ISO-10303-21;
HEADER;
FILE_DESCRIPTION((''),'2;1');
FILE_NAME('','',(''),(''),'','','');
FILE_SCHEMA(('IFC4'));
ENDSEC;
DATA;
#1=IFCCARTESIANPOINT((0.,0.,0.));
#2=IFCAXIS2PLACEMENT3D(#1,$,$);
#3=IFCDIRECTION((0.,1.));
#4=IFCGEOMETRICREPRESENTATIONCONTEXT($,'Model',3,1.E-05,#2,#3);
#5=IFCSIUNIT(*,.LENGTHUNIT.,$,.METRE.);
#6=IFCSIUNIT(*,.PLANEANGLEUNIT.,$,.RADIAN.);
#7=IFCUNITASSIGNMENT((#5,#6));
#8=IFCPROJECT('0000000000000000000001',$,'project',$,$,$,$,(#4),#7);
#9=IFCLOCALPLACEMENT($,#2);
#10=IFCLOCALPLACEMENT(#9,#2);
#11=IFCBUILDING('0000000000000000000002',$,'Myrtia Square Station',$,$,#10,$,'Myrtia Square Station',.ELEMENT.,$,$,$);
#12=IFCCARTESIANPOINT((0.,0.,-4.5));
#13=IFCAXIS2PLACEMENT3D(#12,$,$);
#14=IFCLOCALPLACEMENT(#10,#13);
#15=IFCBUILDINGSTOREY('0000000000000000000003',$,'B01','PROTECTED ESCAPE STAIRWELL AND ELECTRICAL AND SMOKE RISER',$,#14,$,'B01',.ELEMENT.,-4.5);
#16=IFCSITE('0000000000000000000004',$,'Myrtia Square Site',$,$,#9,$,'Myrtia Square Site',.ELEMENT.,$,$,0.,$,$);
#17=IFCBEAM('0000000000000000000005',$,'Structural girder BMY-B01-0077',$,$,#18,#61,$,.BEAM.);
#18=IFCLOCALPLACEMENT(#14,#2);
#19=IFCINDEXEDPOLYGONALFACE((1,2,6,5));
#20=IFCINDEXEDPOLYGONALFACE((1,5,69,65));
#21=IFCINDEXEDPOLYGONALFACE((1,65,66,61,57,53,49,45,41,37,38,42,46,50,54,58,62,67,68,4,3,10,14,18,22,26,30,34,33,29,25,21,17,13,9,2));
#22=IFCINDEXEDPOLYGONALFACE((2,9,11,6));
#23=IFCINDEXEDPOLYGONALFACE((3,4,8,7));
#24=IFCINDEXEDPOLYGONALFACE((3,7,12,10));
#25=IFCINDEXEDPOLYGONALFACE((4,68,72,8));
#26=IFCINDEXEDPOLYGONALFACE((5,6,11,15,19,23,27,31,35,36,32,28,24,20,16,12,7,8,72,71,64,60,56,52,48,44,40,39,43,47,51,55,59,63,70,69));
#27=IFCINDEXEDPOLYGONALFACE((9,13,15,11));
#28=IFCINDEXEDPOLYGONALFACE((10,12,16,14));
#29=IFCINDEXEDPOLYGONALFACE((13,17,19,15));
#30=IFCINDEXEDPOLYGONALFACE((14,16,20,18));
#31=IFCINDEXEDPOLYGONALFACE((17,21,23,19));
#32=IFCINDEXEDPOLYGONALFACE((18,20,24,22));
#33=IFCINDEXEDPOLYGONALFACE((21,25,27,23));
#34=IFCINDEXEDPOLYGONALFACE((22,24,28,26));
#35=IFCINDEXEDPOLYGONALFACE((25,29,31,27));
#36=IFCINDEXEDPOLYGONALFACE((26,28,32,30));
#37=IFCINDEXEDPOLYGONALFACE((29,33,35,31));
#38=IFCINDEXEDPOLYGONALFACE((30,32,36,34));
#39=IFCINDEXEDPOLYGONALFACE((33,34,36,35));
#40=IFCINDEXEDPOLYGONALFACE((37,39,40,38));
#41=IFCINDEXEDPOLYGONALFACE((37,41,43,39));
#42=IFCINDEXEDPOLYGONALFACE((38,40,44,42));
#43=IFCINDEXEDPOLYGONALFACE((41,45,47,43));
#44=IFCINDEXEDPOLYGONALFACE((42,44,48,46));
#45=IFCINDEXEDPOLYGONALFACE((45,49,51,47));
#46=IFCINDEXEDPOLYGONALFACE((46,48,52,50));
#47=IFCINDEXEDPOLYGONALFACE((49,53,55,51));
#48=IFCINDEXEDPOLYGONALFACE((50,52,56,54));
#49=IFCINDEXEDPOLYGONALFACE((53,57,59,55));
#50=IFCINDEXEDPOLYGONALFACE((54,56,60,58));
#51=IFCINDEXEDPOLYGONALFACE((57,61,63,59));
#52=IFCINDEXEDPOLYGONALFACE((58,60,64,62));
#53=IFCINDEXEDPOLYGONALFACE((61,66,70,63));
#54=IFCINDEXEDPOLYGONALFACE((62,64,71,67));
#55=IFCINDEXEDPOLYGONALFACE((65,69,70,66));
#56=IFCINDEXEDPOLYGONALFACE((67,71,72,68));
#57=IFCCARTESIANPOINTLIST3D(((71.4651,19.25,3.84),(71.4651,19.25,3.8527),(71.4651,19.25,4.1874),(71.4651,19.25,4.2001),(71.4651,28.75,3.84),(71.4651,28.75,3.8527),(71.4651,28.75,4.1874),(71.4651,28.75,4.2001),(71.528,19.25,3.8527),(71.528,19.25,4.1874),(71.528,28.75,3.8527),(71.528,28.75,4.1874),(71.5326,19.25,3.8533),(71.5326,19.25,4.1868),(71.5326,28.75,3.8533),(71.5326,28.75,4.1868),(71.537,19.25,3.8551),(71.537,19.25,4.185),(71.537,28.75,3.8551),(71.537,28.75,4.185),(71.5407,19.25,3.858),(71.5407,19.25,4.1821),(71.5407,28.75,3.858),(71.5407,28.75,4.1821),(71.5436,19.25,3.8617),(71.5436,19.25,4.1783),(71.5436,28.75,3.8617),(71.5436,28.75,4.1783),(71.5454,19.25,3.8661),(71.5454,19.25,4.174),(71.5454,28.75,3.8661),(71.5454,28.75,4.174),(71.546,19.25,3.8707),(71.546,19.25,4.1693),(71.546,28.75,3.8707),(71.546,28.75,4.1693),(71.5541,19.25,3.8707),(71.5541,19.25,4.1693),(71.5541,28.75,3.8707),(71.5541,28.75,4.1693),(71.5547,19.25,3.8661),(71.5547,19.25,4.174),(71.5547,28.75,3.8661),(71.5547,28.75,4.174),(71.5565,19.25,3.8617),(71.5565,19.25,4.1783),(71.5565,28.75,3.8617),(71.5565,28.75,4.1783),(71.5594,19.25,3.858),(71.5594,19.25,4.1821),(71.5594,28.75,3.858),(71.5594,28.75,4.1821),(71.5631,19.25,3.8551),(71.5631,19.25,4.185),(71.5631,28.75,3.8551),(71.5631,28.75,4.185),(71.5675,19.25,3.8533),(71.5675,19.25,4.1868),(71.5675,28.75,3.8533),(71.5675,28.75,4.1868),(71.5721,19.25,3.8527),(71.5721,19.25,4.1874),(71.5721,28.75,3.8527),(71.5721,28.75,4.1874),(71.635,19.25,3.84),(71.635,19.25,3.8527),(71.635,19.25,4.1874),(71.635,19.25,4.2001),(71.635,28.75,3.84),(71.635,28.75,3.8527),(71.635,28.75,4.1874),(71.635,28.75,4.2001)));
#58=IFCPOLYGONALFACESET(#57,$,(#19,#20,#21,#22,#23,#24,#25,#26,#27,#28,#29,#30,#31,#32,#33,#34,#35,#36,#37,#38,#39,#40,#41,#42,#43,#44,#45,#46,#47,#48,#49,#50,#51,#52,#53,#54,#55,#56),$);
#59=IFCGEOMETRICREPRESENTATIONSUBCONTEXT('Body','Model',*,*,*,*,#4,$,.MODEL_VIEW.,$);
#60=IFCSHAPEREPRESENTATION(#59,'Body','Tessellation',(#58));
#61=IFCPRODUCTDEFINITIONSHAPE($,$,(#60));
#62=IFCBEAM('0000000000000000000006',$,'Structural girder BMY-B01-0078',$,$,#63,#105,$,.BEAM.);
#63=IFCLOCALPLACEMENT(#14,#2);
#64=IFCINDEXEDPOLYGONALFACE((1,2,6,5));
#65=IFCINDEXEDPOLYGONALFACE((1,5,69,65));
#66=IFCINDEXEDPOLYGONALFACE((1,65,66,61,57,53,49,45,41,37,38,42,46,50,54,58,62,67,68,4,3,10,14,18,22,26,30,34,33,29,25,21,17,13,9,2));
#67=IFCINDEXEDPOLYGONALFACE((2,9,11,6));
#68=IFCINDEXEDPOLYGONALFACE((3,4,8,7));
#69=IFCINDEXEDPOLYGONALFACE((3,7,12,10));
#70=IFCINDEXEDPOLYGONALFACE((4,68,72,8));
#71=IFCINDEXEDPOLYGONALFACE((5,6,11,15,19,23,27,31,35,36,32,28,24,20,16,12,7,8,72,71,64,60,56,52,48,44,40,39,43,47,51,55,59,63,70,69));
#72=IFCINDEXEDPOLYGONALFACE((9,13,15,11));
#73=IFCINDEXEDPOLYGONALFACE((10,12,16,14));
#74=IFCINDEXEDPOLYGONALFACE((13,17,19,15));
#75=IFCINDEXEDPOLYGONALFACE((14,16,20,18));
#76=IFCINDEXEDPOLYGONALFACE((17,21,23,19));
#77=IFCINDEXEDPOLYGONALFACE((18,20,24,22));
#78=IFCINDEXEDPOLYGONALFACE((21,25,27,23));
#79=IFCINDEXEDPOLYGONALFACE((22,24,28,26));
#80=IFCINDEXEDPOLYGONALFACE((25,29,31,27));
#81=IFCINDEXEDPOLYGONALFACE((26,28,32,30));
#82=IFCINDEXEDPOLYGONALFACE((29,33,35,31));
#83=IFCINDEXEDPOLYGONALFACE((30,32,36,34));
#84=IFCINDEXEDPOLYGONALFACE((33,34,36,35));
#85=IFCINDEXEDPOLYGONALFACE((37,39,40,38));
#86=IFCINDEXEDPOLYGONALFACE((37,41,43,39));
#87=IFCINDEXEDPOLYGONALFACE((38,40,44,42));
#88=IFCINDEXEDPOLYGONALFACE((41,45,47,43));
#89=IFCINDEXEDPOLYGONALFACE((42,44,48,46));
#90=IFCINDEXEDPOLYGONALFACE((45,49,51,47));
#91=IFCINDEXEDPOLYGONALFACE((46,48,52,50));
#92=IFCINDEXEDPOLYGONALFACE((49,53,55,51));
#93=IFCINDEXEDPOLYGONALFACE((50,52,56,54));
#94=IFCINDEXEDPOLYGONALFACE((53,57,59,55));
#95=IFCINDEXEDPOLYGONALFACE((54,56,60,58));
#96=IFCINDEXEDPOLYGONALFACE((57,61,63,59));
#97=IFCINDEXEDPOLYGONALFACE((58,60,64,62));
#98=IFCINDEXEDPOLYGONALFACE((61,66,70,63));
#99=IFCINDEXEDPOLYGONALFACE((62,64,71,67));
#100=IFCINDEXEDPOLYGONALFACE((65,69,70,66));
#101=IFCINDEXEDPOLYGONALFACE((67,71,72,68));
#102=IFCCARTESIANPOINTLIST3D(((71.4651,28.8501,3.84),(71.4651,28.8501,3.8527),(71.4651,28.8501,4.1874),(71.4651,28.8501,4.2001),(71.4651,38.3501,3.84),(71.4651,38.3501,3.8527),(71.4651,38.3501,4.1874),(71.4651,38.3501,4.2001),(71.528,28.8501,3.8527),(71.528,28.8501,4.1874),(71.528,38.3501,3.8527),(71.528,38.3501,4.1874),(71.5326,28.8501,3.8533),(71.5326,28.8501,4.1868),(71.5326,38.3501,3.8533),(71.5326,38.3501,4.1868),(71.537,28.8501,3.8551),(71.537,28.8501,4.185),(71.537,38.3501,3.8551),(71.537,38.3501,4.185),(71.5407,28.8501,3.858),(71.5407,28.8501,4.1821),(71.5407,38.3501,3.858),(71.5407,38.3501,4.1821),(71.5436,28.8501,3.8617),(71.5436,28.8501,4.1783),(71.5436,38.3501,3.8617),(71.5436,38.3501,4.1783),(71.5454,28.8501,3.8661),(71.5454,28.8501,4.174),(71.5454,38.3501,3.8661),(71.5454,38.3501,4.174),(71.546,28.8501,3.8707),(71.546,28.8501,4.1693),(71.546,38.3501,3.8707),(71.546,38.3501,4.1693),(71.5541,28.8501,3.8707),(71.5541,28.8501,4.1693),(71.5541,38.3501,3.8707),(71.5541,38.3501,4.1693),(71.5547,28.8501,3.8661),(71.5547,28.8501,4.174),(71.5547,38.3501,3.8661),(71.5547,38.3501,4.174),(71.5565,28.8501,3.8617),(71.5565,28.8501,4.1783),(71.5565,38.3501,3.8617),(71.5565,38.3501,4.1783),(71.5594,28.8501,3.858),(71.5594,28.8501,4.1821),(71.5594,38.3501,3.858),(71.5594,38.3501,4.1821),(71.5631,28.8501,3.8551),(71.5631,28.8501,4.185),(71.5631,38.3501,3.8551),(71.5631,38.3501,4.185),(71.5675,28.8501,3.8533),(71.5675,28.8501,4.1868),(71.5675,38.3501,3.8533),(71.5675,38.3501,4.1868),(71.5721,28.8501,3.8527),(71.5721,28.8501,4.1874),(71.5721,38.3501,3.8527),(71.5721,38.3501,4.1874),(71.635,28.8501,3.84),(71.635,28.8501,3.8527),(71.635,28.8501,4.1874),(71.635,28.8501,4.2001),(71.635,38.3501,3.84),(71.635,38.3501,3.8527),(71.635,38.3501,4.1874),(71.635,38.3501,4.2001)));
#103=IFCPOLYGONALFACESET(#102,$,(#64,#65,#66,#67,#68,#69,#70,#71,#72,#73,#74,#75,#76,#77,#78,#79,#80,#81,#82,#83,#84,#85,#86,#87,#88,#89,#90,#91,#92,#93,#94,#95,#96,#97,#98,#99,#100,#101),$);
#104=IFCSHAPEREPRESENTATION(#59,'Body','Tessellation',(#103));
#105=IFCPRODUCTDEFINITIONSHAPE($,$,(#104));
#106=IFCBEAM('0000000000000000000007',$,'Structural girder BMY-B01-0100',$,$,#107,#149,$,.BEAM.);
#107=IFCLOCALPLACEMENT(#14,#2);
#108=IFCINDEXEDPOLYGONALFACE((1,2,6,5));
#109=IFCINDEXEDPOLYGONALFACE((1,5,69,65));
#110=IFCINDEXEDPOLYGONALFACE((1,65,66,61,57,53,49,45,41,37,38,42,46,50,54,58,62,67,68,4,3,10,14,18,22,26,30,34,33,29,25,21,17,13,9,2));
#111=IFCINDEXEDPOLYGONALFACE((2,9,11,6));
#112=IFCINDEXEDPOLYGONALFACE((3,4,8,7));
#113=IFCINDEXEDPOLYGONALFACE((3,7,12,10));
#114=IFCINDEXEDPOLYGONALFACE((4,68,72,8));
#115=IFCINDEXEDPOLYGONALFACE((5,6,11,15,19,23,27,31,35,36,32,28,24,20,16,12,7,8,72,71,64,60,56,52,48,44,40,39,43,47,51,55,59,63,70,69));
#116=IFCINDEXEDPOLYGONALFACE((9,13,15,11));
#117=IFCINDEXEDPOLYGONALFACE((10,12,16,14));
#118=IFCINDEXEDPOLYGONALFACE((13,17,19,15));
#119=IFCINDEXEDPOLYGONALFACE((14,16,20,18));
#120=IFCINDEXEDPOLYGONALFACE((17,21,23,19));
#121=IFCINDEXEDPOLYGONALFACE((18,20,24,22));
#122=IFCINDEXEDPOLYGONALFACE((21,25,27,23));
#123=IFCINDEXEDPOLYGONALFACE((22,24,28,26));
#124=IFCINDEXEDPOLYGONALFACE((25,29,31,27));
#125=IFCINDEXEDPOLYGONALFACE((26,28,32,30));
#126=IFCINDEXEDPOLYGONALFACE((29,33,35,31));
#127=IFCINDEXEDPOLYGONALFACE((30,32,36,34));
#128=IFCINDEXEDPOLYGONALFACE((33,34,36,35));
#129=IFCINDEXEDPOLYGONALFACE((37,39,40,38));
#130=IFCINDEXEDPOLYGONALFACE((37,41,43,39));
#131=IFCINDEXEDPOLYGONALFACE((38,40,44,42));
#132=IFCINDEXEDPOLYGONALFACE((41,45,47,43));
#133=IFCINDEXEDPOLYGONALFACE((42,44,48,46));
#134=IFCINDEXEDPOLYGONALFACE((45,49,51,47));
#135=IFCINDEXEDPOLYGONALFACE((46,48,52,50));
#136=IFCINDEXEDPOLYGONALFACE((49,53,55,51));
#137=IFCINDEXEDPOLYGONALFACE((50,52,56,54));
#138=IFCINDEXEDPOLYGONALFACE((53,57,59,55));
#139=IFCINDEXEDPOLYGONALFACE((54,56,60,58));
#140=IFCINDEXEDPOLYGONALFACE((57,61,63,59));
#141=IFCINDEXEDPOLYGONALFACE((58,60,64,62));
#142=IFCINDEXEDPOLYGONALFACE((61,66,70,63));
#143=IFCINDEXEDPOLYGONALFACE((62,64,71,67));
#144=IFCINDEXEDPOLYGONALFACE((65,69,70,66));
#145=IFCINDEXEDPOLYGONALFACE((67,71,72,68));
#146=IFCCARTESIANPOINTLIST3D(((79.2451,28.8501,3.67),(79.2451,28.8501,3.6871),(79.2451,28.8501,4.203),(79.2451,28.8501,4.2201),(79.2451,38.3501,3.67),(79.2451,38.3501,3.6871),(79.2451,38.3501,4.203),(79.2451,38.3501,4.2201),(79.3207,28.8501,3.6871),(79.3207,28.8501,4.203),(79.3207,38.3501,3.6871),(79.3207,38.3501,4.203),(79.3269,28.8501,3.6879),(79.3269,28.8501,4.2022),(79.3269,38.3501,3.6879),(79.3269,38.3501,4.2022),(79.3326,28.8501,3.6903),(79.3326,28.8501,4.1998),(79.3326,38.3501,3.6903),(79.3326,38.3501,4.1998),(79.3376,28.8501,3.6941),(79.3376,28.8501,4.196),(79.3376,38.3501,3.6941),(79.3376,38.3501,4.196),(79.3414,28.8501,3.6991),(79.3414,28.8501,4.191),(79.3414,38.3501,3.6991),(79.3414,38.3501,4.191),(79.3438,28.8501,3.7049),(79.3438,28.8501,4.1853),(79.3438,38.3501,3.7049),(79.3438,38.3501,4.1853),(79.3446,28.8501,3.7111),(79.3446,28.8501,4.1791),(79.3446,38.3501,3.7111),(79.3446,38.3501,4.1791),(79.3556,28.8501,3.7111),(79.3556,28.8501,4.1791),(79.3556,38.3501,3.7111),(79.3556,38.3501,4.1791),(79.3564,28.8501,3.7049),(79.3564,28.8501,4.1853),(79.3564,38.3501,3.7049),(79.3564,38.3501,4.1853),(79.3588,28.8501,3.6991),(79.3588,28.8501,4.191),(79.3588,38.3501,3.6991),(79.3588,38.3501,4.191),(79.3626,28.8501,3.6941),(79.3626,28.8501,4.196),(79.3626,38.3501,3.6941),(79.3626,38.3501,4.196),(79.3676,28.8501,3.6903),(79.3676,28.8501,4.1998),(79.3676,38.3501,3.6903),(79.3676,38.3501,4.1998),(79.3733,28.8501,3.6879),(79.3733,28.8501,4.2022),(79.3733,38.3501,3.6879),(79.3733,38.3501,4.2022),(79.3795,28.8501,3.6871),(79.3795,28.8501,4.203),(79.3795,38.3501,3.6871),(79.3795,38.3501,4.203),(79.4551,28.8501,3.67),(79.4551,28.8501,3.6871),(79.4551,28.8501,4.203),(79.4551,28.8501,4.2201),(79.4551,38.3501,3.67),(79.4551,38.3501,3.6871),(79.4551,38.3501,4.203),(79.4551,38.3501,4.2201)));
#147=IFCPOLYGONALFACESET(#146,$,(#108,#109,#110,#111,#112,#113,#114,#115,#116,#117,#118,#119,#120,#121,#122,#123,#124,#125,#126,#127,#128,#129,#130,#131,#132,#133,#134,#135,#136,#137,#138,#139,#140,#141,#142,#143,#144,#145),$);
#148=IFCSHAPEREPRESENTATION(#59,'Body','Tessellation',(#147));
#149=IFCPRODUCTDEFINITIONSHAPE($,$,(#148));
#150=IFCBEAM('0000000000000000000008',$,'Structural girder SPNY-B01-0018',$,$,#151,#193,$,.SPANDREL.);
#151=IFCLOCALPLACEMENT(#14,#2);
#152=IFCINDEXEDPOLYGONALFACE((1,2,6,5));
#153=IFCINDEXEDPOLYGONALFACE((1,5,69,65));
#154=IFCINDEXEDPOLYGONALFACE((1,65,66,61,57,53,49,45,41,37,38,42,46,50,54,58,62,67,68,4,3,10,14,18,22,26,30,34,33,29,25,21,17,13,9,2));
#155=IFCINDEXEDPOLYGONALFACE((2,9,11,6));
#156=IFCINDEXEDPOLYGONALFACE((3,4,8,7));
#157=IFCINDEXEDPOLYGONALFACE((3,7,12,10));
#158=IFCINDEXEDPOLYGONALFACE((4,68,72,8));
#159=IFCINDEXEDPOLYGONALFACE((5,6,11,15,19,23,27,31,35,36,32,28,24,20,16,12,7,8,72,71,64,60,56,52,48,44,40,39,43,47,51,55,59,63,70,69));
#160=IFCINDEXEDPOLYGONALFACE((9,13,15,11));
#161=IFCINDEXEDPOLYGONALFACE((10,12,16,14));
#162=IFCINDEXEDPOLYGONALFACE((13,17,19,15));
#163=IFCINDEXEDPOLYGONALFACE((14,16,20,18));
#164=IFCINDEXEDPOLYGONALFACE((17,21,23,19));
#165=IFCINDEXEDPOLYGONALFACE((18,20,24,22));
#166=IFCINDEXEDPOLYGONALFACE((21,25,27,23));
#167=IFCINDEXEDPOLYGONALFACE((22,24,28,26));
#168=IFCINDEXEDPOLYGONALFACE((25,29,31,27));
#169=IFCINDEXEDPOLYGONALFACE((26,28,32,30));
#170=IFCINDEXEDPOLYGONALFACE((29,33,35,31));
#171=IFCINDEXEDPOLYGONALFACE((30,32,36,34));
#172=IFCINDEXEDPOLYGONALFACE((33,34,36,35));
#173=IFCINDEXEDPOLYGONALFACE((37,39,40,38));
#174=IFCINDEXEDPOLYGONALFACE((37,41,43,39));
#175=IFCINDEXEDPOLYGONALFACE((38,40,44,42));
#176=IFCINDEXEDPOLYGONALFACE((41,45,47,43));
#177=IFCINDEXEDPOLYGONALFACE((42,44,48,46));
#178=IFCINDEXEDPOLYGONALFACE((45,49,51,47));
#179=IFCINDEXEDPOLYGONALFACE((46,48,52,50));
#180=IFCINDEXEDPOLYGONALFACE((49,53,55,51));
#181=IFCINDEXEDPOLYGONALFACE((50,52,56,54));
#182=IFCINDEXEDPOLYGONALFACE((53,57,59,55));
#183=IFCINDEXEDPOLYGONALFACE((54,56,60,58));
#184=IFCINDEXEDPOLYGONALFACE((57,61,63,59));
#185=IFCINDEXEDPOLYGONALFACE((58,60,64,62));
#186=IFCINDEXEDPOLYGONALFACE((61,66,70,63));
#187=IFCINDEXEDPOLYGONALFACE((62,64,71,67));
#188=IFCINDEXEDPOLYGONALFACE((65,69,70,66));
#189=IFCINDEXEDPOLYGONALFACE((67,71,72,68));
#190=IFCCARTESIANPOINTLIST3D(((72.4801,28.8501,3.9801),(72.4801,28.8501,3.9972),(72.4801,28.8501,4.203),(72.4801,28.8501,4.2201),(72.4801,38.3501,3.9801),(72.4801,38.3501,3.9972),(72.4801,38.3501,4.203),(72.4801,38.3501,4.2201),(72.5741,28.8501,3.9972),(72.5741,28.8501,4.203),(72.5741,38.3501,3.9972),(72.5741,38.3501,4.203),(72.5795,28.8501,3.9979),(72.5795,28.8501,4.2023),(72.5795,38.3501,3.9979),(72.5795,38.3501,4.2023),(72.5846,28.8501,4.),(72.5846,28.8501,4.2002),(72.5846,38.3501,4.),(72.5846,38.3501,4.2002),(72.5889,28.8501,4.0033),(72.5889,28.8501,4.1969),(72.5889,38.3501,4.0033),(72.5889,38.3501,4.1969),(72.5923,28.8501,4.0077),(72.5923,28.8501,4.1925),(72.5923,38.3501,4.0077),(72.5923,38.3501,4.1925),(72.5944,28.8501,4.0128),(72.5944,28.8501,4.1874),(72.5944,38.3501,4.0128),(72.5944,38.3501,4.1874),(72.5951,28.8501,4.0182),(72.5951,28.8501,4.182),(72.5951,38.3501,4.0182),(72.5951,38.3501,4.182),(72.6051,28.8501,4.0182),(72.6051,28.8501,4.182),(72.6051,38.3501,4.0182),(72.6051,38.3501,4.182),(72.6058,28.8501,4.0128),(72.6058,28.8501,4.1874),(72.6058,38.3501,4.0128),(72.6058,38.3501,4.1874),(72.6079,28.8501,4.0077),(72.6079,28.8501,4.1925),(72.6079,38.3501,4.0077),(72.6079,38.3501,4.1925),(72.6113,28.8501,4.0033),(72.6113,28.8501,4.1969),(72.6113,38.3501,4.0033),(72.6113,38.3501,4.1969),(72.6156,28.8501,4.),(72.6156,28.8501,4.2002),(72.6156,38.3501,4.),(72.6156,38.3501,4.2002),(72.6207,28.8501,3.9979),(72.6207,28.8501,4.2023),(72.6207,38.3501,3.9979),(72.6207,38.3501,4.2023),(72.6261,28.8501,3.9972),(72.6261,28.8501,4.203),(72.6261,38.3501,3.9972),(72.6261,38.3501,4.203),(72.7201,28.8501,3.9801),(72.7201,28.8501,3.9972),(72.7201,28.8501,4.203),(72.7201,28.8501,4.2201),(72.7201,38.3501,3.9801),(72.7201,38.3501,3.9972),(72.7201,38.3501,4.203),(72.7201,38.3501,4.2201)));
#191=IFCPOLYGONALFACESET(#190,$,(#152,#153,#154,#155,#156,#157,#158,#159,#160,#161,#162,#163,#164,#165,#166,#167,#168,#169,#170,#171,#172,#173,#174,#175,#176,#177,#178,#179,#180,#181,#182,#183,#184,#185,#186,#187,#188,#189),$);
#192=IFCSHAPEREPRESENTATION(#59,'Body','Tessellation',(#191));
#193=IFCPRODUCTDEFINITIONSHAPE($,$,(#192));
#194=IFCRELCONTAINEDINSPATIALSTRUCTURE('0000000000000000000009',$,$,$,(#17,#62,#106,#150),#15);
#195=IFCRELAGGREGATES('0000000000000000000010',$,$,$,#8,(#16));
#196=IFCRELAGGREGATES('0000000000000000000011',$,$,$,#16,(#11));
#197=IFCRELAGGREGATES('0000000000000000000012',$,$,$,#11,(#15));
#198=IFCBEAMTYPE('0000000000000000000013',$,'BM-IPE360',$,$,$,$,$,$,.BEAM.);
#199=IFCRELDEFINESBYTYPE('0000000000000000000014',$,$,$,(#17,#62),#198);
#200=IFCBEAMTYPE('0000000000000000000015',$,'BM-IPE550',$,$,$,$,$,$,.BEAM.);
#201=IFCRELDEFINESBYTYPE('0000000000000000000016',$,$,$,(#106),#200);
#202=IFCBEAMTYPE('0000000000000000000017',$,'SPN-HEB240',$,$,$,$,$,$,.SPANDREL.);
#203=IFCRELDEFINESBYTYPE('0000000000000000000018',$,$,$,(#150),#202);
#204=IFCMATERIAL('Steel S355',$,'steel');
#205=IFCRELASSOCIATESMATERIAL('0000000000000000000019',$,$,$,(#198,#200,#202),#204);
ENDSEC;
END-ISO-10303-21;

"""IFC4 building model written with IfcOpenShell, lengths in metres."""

from ifc_helpers import new_model, si_unit, direction, frame, origin, origin_2d, place, context, subcontext, project, spatial, i_section, extrude, material, material_profile, profile_set, type_object, element, save


model = new_model("IFC4")

# Units and contexts
model_context = context("Model", 3, precision=1e-05, world=origin(), true_north=direction((0.0, 1.0)))
body_context = subcontext(model_context, "Body", "Model", "MODEL_VIEW")
ifc_project = project(units=[si_unit("LENGTHUNIT", "METRE"), si_unit("PLANEANGLEUNIT", "RADIAN")], contexts=[model_context])

# Site, building, storey
site_placement = place(None, origin())
site = spatial("IfcSite", under=ifc_project, at=site_placement, Name="Myrtia Square Site", LongName="Myrtia Square Site", CompositionType="ELEMENT", RefElevation=0.0)
building_placement = place(site_placement, origin())
building = spatial("IfcBuilding", under=site, at=building_placement, Name="Myrtia Square Station", LongName="Myrtia Square Station", CompositionType="ELEMENT")
storey_placement = place(building_placement, frame((0.0, 0.0, -4.5)))
storey = spatial("IfcBuildingStorey", under=building, at=storey_placement, Name="B01", Description="PROTECTED ESCAPE STAIRWELL AND ELECTRICAL AND SMOKE RISER", LongName="B01", CompositionType="ELEMENT", Elevation=-4.5)

# Shared definitions
ifc_material_1 = material(Name="Steel S355", Category="steel")

# Beams
ifc_material_profile_1 = material_profile(ifc_material_1, i_section(OverallWidth=0.1699, OverallDepth=0.3601, WebThickness=0.0081, FlangeThickness=0.0127, FilletRadius=0.0181, at=origin_2d()), Name="IPE 360")
ifc_profile_set_1 = profile_set([ifc_material_profile_1], Name="Steel S355")
beam_type_1 = type_object("IfcBeamType", Name="BM-IPE360", PredefinedType="BEAM", material=ifc_profile_set_1)
for number, where, z_axis, x_axis, name in (
    (1, (71.55, 19.25, 4.02), (0.0, 1.0, 0.0), (-1.0, 0.0, 0.0), "Structural girder BMY-B01-0077"),
    (2, (71.55, 28.8501, 4.02), (0.0, 1.0, 0.0), (-1.0, 0.0, 0.0), "Structural girder BMY-B01-0078"),
):
    element("IfcBeam", number, at=place(storey_placement, frame(where, z_axis=z_axis, x_axis=x_axis)), inside=storey, type_object=beam_type_1, Name=name, PredefinedType="BEAM", context=body_context, shape_type="SweptSolid", body=[
        extrude(i_section(OverallWidth=0.1699, OverallDepth=0.3601, WebThickness=0.0081, FlangeThickness=0.0127, FilletRadius=0.0181, at=origin_2d()), origin(), (0.0, 0.0, 1.0), 9.5),
    ])
ifc_material_profile_2 = material_profile(ifc_material_1, i_section(OverallWidth=0.21, OverallDepth=0.55, WebThickness=0.011, FlangeThickness=0.0171, FilletRadius=0.0239, at=origin_2d()), Name="IPE 550")
ifc_profile_set_2 = profile_set([ifc_material_profile_2], Name="Steel S355")
beam_type_2 = type_object("IfcBeamType", Name="BM-IPE550", PredefinedType="BEAM", material=ifc_profile_set_2)
beam_1_placement = place(storey_placement, frame((79.3501, 28.8501, 3.9451), z_axis=(0.0, 1.0, 0.0), x_axis=(-1.0, 0.0, 0.0)))
element("IfcBeam", 3, at=beam_1_placement, inside=storey, type_object=beam_type_2, Name="Structural girder BMY-B01-0100", PredefinedType="BEAM", context=body_context, shape_type="SweptSolid", body=[
    extrude(i_section(OverallWidth=0.21, OverallDepth=0.55, WebThickness=0.011, FlangeThickness=0.0171, FilletRadius=0.0239, at=origin_2d()), origin(), (0.0, 0.0, 1.0), 9.5),
])
ifc_material_profile_3 = material_profile(ifc_material_1, i_section(OverallWidth=0.24, OverallDepth=0.24, WebThickness=0.01, FlangeThickness=0.0171, FilletRadius=0.021, at=origin_2d()), Name="HEB 240")
ifc_profile_set_3 = profile_set([ifc_material_profile_3], Name="Steel S355")
beam_type_3 = type_object("IfcBeamType", Name="SPN-HEB240", PredefinedType="SPANDREL", material=ifc_profile_set_3)
beam_2_placement = place(storey_placement, frame((72.6001, 28.8501, 4.1001), z_axis=(0.0, 1.0, 0.0), x_axis=(-1.0, 0.0, 0.0)))
element("IfcBeam", 4, at=beam_2_placement, inside=storey, type_object=beam_type_3, Name="Structural girder SPNY-B01-0018", PredefinedType="SPANDREL", context=body_context, shape_type="SweptSolid", body=[
    extrude(i_section(OverallWidth=0.24, OverallDepth=0.24, WebThickness=0.01, FlangeThickness=0.0171, FilletRadius=0.021, at=origin_2d()), origin(), (0.0, 0.0, 1.0), 9.5),
])

save(model, "model.ifc")
